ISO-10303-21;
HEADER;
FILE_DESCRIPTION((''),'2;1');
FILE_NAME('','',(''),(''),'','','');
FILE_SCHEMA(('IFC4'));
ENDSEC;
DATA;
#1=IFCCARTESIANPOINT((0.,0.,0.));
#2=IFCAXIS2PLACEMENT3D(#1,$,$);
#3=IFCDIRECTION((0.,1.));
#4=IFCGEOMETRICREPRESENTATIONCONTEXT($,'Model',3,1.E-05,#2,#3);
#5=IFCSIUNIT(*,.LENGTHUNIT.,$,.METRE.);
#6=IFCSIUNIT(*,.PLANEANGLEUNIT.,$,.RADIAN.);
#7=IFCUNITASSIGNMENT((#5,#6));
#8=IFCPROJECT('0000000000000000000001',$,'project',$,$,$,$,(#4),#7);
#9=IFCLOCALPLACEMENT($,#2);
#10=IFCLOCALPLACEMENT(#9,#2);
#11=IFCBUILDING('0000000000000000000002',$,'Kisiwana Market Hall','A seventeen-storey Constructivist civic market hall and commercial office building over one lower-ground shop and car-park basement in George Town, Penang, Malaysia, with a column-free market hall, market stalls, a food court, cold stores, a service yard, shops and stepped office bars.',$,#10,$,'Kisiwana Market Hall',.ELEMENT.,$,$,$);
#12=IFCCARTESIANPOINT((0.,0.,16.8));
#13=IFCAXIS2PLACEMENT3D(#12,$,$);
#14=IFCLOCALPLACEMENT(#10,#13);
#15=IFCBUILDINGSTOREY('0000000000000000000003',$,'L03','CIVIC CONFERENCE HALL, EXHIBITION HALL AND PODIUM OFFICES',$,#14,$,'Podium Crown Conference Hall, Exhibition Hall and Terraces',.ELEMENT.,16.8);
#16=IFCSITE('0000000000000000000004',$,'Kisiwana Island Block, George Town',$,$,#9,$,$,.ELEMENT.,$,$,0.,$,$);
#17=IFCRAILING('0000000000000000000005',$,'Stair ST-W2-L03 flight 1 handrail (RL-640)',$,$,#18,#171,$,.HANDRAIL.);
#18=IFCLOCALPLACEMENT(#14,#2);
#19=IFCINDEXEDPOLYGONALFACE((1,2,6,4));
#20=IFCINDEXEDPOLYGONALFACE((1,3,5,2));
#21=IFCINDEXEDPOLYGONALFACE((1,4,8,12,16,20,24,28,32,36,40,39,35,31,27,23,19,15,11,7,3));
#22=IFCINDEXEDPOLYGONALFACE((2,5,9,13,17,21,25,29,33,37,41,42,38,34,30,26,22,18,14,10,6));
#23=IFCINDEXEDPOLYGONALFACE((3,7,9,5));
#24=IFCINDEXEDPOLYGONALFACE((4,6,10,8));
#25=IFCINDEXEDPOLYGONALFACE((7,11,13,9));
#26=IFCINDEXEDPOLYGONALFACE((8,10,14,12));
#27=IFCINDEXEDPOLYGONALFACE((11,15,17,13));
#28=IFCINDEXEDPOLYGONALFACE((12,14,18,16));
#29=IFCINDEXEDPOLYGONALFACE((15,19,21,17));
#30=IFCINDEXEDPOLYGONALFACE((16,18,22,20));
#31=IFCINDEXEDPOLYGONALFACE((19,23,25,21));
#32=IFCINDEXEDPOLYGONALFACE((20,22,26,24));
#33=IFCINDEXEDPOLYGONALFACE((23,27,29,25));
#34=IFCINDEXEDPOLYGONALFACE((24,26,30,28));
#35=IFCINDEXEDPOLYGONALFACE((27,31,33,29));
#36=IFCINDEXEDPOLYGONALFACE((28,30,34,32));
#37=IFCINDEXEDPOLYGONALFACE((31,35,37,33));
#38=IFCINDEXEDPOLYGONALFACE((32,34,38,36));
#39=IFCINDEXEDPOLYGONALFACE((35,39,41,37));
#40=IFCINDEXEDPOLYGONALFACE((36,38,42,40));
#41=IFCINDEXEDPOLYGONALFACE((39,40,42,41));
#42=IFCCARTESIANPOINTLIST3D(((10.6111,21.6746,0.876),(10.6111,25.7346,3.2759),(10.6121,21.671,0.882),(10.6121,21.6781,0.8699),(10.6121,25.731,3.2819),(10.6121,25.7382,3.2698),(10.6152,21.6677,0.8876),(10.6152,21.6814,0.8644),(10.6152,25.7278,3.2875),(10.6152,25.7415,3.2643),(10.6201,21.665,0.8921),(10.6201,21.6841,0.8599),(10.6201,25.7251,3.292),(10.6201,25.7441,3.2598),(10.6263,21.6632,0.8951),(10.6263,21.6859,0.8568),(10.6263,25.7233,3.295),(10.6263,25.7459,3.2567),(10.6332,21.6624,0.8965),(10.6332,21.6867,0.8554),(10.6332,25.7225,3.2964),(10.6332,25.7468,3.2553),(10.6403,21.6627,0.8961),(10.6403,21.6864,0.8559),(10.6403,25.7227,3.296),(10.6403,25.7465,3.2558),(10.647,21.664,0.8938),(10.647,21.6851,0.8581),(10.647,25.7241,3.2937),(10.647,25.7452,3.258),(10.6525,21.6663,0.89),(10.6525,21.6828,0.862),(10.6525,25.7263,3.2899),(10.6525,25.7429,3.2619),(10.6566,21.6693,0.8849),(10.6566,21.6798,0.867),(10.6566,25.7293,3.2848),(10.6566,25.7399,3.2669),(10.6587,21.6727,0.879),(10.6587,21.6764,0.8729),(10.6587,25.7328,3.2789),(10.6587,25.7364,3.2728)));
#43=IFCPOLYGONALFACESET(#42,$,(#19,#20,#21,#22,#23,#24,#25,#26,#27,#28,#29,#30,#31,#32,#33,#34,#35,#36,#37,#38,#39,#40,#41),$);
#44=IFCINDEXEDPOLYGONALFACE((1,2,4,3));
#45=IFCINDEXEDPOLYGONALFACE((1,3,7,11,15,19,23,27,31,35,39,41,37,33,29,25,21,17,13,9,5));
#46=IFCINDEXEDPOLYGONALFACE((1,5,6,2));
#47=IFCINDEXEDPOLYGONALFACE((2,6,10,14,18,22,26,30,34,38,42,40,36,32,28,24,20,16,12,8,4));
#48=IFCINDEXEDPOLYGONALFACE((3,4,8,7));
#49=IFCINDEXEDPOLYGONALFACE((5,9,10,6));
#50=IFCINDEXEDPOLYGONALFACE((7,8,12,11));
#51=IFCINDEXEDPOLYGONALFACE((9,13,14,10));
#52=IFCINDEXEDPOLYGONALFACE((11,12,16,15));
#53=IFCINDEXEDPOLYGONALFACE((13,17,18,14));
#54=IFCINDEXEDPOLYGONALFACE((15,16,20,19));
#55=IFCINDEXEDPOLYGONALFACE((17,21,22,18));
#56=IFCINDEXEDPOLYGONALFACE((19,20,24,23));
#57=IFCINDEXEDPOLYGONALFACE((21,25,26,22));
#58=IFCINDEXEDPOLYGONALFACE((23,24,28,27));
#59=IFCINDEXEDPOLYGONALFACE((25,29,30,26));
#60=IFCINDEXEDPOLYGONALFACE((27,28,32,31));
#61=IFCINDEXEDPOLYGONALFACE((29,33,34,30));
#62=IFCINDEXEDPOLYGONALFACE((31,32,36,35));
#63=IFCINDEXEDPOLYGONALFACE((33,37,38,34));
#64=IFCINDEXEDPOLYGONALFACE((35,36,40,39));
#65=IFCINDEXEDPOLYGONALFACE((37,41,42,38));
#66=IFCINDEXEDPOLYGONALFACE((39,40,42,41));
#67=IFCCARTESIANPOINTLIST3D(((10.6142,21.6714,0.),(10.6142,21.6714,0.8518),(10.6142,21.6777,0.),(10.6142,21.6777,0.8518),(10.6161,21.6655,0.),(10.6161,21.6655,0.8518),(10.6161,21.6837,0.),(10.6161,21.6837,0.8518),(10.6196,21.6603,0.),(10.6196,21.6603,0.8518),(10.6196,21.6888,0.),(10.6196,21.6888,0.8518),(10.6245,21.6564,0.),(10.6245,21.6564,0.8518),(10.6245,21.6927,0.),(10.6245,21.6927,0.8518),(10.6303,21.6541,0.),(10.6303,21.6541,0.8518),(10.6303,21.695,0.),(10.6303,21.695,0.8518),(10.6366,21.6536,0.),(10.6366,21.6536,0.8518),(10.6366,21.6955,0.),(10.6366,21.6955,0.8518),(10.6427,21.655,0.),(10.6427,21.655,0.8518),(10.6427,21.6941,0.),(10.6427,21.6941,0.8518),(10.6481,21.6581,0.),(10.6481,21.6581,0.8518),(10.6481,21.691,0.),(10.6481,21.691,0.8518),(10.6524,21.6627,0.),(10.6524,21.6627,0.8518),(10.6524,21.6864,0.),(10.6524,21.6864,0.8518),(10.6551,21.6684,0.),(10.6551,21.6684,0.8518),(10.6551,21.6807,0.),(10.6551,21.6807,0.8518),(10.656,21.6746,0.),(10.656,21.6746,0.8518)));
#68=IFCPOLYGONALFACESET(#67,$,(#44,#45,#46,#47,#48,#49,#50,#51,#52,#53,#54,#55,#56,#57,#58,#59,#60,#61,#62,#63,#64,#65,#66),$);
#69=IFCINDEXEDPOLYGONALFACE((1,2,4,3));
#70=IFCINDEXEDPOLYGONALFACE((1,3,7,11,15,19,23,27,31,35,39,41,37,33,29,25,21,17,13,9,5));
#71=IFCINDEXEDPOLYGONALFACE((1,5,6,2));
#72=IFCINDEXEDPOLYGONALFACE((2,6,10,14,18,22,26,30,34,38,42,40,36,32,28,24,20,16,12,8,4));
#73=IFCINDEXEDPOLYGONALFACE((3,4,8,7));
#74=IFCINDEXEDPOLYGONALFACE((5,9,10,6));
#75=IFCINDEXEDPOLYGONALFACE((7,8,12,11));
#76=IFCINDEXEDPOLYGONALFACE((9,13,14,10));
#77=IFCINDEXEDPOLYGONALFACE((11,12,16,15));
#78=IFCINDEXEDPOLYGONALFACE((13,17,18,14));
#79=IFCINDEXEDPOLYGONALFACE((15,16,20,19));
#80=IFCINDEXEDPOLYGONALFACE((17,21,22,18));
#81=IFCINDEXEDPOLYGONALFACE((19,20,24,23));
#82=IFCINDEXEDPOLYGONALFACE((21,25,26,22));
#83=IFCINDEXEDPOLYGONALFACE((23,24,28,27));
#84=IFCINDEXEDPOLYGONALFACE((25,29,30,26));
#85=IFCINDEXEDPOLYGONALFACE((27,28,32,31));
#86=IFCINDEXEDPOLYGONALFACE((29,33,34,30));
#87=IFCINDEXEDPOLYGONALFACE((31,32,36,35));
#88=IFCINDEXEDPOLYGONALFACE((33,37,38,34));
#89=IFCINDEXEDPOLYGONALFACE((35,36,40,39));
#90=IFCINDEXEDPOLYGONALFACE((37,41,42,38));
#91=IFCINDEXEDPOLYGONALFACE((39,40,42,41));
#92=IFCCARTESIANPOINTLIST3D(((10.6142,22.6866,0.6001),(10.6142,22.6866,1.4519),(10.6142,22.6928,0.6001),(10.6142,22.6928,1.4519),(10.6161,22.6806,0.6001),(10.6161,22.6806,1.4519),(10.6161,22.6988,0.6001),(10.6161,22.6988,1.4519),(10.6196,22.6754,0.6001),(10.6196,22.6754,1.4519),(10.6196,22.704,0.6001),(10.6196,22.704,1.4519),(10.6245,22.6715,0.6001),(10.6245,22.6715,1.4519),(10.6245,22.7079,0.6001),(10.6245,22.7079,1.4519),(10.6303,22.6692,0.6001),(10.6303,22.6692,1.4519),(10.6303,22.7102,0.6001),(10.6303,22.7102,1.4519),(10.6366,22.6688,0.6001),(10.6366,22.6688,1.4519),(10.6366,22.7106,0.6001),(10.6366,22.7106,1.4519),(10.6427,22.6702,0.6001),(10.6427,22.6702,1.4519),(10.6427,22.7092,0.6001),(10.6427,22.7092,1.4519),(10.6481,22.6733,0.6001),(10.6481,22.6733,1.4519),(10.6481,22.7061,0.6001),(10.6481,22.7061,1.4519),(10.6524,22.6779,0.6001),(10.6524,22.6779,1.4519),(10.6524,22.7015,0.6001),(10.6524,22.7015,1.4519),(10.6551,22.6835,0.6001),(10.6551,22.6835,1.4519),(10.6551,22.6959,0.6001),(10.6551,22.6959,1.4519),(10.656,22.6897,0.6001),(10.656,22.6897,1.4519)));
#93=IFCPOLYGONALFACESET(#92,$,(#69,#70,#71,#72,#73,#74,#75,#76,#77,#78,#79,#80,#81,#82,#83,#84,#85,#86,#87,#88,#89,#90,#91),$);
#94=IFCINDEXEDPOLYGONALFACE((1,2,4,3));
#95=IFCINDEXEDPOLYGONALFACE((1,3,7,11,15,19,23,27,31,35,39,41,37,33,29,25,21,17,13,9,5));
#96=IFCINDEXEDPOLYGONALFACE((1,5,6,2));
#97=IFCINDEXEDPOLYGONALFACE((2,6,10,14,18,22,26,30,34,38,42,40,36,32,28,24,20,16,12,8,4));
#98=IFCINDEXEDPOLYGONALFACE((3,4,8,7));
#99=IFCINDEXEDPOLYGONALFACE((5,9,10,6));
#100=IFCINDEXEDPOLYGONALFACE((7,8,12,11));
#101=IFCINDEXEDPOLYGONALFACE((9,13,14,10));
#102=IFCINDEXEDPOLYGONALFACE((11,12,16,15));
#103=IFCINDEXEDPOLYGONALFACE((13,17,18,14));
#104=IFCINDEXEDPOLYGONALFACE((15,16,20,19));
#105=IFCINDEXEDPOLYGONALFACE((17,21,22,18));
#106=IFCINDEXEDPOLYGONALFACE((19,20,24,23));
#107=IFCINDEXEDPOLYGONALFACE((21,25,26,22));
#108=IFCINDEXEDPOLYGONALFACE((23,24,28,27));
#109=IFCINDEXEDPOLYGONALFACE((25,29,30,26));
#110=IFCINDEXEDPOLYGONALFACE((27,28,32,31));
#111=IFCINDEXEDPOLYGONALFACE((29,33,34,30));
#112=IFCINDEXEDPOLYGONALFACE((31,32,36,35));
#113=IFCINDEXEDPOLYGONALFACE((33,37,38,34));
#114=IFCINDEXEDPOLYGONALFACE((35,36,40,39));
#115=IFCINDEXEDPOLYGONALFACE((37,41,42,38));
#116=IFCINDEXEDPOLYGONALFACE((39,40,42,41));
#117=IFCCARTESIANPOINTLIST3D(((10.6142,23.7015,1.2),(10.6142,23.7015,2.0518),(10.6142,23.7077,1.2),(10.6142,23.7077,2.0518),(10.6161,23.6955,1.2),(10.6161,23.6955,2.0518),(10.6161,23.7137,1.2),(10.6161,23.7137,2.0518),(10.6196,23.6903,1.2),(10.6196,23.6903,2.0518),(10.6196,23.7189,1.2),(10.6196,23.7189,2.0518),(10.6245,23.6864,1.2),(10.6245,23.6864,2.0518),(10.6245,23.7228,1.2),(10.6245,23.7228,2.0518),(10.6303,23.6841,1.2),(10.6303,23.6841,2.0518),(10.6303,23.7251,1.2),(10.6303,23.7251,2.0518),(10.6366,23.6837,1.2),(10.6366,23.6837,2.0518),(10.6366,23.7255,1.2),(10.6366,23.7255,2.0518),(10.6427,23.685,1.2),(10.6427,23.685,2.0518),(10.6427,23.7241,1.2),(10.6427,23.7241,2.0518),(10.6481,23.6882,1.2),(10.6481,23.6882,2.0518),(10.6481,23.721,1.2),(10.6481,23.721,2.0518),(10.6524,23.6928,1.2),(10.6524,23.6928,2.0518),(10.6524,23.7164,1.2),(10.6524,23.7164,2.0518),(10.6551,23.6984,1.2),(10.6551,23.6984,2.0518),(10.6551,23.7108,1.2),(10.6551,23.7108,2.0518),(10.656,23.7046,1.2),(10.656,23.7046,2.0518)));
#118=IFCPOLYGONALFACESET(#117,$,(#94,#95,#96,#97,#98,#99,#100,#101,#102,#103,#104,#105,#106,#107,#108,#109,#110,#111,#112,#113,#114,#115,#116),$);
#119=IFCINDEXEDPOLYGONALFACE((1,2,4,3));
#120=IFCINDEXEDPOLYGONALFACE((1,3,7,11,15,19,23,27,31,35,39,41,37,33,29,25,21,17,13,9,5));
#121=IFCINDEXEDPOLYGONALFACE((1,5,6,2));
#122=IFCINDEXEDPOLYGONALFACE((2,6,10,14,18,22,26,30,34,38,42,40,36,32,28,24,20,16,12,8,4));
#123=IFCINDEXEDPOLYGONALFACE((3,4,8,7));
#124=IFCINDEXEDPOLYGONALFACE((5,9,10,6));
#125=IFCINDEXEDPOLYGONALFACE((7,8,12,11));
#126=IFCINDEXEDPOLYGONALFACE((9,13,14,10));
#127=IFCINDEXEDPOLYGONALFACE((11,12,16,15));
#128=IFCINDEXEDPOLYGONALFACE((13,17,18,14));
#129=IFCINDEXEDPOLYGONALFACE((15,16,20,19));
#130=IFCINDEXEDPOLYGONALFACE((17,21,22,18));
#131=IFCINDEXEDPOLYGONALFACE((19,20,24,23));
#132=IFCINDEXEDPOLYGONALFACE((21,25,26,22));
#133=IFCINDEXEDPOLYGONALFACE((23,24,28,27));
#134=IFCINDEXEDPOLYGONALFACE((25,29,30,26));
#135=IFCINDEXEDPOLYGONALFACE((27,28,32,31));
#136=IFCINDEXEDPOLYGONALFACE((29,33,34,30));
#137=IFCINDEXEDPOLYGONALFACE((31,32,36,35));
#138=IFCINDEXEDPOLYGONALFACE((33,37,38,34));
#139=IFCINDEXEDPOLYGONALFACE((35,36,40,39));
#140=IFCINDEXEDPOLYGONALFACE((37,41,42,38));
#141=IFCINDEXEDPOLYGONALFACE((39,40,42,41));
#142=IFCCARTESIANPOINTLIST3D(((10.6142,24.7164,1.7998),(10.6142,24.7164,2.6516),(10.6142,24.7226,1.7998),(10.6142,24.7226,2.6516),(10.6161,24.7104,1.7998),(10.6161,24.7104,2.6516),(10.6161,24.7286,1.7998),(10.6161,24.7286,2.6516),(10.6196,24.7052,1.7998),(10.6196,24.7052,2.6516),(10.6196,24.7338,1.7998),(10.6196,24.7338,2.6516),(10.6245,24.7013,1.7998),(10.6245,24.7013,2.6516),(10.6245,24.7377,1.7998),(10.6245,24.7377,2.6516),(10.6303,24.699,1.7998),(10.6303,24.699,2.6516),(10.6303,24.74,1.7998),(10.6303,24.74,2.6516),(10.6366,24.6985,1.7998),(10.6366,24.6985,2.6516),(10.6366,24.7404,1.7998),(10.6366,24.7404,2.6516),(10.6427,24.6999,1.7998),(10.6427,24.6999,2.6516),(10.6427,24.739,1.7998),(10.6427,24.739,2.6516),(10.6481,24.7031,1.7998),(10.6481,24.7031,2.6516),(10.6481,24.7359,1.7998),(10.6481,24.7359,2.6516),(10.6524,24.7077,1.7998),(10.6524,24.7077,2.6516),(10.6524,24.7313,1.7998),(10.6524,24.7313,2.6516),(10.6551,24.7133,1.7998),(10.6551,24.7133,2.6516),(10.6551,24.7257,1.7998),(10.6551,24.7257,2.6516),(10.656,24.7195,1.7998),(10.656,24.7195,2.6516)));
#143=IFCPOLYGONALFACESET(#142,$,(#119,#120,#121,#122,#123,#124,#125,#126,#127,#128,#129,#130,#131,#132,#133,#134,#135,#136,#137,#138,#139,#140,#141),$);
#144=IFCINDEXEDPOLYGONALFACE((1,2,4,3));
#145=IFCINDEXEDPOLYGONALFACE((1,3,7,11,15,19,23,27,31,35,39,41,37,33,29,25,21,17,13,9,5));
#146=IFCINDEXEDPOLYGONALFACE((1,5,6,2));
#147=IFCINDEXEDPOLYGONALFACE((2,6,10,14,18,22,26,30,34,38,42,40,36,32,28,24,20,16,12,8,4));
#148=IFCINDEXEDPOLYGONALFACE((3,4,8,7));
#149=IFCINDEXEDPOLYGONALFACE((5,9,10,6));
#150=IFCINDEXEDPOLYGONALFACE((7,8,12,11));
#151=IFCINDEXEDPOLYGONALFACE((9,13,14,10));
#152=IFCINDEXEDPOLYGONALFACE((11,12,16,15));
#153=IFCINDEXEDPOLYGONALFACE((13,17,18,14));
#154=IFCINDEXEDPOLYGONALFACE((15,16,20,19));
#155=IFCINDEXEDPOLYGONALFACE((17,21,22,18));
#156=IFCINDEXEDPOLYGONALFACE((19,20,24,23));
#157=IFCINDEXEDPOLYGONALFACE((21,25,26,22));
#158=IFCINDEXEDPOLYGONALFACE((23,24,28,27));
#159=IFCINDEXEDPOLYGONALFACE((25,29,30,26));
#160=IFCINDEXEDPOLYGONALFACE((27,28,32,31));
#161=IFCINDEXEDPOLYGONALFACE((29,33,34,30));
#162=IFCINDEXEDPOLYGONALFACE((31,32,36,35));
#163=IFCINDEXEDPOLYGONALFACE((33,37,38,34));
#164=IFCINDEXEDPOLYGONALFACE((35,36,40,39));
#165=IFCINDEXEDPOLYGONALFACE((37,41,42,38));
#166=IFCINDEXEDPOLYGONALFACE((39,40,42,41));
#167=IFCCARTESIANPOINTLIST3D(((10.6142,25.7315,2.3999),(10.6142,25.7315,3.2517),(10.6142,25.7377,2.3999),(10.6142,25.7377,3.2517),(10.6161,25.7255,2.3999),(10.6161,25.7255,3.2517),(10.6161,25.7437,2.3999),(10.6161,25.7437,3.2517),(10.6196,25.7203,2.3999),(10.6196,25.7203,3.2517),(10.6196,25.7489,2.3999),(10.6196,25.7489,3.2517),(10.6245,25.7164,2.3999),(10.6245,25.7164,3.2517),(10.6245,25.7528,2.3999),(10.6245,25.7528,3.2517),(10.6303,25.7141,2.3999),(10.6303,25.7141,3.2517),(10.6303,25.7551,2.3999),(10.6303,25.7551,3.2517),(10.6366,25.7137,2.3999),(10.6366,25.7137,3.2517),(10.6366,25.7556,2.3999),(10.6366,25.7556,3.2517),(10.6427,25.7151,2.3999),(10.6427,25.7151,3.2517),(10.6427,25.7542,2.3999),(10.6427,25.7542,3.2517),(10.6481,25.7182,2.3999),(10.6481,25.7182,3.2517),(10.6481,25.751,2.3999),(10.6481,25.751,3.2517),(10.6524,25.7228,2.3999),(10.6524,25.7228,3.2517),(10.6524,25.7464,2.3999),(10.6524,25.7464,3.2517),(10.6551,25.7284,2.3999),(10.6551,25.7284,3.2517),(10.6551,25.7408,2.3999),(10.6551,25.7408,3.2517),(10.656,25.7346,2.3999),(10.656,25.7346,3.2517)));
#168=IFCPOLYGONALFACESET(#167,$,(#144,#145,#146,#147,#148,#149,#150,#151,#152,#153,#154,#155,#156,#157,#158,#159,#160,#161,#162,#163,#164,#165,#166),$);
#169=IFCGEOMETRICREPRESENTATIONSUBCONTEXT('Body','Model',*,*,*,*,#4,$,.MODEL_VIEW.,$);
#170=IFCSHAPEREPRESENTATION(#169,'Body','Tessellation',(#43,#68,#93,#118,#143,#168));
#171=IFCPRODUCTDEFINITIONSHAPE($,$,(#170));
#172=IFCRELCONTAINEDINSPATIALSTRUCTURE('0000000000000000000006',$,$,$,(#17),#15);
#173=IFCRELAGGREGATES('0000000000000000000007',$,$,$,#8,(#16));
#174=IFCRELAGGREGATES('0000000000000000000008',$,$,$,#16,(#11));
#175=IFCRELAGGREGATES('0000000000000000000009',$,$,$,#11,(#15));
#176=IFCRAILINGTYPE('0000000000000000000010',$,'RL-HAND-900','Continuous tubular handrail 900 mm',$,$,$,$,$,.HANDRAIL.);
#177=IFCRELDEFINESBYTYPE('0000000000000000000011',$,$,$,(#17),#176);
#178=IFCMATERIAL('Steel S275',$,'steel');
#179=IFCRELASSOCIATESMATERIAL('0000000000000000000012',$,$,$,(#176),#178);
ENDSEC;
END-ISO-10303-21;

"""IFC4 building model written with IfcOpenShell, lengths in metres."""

from ifc_helpers import new_model, si_unit, direction, frame, origin, origin_2d, place, context, subcontext, project, spatial, circle, extrude, material, type_object, element, save


model = new_model("IFC4")

# Units and contexts
model_context = context("Model", 3, precision=1e-05, world=origin(), true_north=direction((0.0, 1.0)))
body_context = subcontext(model_context, "Body", "Model", "MODEL_VIEW")
ifc_project = project(units=[si_unit("LENGTHUNIT", "METRE"), si_unit("PLANEANGLEUNIT", "RADIAN")], contexts=[model_context])

# Site, building, storey
site_placement = place(None, origin())
site = spatial("IfcSite", under=ifc_project, at=site_placement, Name="Kisiwana Island Block, George Town", CompositionType="ELEMENT", RefElevation=0.0)
building_placement = place(site_placement, origin())
building = spatial("IfcBuilding", under=site, at=building_placement, Name="Kisiwana Market Hall", Description="A seventeen-storey Constructivist civic market hall and commercial office building over one lower-ground shop and car-park basement in George Town, Penang, Malaysia, with a column-free market hall, market stalls, a food court, cold stores, a service yard, shops and stepped office bars.", LongName="Kisiwana Market Hall", CompositionType="ELEMENT")
storey_placement = place(building_placement, frame((0.0, 0.0, 16.8)))
storey = spatial("IfcBuildingStorey", under=building, at=storey_placement, Name="L03", Description="CIVIC CONFERENCE HALL, EXHIBITION HALL AND PODIUM OFFICES", LongName="Podium Crown Conference Hall, Exhibition Hall and Terraces", CompositionType="ELEMENT", Elevation=16.8)

# Railing
ifc_material_1 = material(Name="Steel S275", Category="steel")
railing_type_1 = type_object("IfcRailingType", Name="RL-HAND-900", Description="Continuous tubular handrail 900 mm", PredefinedType="HANDRAIL", material=ifc_material_1)
railing_1_placement = place(storey_placement, frame((10.635, 21.6746, 0.0)))
element("IfcRailing", 1, at=railing_1_placement, inside=storey, type_object=railing_type_1, Name="Stair ST-W2-L03 flight 1 handrail (RL-640)", PredefinedType="HANDRAIL", context=body_context, shape_type="SweptSolid", body=[
    extrude(circle(Radius=0.0239, at=origin_2d()), frame((0.0, 0.0, 0.876), z_axis=(0.0, 0.860854, 0.508851), x_axis=(-1.0, 0.0, 0.0)), (0.0, 0.0, 1.0), 4.7163),
    extrude(circle(Radius=0.021, at=origin_2d()), origin(), (0.0, 0.0, 1.0), 0.8518),
    extrude(circle(Radius=0.021, at=origin_2d()), frame((0.0, 1.0151, 0.6001)), (0.0, 0.0, 1.0), 0.8518),
    extrude(circle(Radius=0.021, at=origin_2d()), frame((0.0, 2.03, 1.2)), (0.0, 0.0, 1.0), 0.8518),
    extrude(circle(Radius=0.021, at=origin_2d()), frame((0.0, 3.0449, 1.7998)), (0.0, 0.0, 1.0), 0.8518),
    extrude(circle(Radius=0.021, at=origin_2d()), frame((0.0, 4.0601, 2.3999)), (0.0, 0.0, 1.0), 0.8518),
])

save(model, "model.ifc")
